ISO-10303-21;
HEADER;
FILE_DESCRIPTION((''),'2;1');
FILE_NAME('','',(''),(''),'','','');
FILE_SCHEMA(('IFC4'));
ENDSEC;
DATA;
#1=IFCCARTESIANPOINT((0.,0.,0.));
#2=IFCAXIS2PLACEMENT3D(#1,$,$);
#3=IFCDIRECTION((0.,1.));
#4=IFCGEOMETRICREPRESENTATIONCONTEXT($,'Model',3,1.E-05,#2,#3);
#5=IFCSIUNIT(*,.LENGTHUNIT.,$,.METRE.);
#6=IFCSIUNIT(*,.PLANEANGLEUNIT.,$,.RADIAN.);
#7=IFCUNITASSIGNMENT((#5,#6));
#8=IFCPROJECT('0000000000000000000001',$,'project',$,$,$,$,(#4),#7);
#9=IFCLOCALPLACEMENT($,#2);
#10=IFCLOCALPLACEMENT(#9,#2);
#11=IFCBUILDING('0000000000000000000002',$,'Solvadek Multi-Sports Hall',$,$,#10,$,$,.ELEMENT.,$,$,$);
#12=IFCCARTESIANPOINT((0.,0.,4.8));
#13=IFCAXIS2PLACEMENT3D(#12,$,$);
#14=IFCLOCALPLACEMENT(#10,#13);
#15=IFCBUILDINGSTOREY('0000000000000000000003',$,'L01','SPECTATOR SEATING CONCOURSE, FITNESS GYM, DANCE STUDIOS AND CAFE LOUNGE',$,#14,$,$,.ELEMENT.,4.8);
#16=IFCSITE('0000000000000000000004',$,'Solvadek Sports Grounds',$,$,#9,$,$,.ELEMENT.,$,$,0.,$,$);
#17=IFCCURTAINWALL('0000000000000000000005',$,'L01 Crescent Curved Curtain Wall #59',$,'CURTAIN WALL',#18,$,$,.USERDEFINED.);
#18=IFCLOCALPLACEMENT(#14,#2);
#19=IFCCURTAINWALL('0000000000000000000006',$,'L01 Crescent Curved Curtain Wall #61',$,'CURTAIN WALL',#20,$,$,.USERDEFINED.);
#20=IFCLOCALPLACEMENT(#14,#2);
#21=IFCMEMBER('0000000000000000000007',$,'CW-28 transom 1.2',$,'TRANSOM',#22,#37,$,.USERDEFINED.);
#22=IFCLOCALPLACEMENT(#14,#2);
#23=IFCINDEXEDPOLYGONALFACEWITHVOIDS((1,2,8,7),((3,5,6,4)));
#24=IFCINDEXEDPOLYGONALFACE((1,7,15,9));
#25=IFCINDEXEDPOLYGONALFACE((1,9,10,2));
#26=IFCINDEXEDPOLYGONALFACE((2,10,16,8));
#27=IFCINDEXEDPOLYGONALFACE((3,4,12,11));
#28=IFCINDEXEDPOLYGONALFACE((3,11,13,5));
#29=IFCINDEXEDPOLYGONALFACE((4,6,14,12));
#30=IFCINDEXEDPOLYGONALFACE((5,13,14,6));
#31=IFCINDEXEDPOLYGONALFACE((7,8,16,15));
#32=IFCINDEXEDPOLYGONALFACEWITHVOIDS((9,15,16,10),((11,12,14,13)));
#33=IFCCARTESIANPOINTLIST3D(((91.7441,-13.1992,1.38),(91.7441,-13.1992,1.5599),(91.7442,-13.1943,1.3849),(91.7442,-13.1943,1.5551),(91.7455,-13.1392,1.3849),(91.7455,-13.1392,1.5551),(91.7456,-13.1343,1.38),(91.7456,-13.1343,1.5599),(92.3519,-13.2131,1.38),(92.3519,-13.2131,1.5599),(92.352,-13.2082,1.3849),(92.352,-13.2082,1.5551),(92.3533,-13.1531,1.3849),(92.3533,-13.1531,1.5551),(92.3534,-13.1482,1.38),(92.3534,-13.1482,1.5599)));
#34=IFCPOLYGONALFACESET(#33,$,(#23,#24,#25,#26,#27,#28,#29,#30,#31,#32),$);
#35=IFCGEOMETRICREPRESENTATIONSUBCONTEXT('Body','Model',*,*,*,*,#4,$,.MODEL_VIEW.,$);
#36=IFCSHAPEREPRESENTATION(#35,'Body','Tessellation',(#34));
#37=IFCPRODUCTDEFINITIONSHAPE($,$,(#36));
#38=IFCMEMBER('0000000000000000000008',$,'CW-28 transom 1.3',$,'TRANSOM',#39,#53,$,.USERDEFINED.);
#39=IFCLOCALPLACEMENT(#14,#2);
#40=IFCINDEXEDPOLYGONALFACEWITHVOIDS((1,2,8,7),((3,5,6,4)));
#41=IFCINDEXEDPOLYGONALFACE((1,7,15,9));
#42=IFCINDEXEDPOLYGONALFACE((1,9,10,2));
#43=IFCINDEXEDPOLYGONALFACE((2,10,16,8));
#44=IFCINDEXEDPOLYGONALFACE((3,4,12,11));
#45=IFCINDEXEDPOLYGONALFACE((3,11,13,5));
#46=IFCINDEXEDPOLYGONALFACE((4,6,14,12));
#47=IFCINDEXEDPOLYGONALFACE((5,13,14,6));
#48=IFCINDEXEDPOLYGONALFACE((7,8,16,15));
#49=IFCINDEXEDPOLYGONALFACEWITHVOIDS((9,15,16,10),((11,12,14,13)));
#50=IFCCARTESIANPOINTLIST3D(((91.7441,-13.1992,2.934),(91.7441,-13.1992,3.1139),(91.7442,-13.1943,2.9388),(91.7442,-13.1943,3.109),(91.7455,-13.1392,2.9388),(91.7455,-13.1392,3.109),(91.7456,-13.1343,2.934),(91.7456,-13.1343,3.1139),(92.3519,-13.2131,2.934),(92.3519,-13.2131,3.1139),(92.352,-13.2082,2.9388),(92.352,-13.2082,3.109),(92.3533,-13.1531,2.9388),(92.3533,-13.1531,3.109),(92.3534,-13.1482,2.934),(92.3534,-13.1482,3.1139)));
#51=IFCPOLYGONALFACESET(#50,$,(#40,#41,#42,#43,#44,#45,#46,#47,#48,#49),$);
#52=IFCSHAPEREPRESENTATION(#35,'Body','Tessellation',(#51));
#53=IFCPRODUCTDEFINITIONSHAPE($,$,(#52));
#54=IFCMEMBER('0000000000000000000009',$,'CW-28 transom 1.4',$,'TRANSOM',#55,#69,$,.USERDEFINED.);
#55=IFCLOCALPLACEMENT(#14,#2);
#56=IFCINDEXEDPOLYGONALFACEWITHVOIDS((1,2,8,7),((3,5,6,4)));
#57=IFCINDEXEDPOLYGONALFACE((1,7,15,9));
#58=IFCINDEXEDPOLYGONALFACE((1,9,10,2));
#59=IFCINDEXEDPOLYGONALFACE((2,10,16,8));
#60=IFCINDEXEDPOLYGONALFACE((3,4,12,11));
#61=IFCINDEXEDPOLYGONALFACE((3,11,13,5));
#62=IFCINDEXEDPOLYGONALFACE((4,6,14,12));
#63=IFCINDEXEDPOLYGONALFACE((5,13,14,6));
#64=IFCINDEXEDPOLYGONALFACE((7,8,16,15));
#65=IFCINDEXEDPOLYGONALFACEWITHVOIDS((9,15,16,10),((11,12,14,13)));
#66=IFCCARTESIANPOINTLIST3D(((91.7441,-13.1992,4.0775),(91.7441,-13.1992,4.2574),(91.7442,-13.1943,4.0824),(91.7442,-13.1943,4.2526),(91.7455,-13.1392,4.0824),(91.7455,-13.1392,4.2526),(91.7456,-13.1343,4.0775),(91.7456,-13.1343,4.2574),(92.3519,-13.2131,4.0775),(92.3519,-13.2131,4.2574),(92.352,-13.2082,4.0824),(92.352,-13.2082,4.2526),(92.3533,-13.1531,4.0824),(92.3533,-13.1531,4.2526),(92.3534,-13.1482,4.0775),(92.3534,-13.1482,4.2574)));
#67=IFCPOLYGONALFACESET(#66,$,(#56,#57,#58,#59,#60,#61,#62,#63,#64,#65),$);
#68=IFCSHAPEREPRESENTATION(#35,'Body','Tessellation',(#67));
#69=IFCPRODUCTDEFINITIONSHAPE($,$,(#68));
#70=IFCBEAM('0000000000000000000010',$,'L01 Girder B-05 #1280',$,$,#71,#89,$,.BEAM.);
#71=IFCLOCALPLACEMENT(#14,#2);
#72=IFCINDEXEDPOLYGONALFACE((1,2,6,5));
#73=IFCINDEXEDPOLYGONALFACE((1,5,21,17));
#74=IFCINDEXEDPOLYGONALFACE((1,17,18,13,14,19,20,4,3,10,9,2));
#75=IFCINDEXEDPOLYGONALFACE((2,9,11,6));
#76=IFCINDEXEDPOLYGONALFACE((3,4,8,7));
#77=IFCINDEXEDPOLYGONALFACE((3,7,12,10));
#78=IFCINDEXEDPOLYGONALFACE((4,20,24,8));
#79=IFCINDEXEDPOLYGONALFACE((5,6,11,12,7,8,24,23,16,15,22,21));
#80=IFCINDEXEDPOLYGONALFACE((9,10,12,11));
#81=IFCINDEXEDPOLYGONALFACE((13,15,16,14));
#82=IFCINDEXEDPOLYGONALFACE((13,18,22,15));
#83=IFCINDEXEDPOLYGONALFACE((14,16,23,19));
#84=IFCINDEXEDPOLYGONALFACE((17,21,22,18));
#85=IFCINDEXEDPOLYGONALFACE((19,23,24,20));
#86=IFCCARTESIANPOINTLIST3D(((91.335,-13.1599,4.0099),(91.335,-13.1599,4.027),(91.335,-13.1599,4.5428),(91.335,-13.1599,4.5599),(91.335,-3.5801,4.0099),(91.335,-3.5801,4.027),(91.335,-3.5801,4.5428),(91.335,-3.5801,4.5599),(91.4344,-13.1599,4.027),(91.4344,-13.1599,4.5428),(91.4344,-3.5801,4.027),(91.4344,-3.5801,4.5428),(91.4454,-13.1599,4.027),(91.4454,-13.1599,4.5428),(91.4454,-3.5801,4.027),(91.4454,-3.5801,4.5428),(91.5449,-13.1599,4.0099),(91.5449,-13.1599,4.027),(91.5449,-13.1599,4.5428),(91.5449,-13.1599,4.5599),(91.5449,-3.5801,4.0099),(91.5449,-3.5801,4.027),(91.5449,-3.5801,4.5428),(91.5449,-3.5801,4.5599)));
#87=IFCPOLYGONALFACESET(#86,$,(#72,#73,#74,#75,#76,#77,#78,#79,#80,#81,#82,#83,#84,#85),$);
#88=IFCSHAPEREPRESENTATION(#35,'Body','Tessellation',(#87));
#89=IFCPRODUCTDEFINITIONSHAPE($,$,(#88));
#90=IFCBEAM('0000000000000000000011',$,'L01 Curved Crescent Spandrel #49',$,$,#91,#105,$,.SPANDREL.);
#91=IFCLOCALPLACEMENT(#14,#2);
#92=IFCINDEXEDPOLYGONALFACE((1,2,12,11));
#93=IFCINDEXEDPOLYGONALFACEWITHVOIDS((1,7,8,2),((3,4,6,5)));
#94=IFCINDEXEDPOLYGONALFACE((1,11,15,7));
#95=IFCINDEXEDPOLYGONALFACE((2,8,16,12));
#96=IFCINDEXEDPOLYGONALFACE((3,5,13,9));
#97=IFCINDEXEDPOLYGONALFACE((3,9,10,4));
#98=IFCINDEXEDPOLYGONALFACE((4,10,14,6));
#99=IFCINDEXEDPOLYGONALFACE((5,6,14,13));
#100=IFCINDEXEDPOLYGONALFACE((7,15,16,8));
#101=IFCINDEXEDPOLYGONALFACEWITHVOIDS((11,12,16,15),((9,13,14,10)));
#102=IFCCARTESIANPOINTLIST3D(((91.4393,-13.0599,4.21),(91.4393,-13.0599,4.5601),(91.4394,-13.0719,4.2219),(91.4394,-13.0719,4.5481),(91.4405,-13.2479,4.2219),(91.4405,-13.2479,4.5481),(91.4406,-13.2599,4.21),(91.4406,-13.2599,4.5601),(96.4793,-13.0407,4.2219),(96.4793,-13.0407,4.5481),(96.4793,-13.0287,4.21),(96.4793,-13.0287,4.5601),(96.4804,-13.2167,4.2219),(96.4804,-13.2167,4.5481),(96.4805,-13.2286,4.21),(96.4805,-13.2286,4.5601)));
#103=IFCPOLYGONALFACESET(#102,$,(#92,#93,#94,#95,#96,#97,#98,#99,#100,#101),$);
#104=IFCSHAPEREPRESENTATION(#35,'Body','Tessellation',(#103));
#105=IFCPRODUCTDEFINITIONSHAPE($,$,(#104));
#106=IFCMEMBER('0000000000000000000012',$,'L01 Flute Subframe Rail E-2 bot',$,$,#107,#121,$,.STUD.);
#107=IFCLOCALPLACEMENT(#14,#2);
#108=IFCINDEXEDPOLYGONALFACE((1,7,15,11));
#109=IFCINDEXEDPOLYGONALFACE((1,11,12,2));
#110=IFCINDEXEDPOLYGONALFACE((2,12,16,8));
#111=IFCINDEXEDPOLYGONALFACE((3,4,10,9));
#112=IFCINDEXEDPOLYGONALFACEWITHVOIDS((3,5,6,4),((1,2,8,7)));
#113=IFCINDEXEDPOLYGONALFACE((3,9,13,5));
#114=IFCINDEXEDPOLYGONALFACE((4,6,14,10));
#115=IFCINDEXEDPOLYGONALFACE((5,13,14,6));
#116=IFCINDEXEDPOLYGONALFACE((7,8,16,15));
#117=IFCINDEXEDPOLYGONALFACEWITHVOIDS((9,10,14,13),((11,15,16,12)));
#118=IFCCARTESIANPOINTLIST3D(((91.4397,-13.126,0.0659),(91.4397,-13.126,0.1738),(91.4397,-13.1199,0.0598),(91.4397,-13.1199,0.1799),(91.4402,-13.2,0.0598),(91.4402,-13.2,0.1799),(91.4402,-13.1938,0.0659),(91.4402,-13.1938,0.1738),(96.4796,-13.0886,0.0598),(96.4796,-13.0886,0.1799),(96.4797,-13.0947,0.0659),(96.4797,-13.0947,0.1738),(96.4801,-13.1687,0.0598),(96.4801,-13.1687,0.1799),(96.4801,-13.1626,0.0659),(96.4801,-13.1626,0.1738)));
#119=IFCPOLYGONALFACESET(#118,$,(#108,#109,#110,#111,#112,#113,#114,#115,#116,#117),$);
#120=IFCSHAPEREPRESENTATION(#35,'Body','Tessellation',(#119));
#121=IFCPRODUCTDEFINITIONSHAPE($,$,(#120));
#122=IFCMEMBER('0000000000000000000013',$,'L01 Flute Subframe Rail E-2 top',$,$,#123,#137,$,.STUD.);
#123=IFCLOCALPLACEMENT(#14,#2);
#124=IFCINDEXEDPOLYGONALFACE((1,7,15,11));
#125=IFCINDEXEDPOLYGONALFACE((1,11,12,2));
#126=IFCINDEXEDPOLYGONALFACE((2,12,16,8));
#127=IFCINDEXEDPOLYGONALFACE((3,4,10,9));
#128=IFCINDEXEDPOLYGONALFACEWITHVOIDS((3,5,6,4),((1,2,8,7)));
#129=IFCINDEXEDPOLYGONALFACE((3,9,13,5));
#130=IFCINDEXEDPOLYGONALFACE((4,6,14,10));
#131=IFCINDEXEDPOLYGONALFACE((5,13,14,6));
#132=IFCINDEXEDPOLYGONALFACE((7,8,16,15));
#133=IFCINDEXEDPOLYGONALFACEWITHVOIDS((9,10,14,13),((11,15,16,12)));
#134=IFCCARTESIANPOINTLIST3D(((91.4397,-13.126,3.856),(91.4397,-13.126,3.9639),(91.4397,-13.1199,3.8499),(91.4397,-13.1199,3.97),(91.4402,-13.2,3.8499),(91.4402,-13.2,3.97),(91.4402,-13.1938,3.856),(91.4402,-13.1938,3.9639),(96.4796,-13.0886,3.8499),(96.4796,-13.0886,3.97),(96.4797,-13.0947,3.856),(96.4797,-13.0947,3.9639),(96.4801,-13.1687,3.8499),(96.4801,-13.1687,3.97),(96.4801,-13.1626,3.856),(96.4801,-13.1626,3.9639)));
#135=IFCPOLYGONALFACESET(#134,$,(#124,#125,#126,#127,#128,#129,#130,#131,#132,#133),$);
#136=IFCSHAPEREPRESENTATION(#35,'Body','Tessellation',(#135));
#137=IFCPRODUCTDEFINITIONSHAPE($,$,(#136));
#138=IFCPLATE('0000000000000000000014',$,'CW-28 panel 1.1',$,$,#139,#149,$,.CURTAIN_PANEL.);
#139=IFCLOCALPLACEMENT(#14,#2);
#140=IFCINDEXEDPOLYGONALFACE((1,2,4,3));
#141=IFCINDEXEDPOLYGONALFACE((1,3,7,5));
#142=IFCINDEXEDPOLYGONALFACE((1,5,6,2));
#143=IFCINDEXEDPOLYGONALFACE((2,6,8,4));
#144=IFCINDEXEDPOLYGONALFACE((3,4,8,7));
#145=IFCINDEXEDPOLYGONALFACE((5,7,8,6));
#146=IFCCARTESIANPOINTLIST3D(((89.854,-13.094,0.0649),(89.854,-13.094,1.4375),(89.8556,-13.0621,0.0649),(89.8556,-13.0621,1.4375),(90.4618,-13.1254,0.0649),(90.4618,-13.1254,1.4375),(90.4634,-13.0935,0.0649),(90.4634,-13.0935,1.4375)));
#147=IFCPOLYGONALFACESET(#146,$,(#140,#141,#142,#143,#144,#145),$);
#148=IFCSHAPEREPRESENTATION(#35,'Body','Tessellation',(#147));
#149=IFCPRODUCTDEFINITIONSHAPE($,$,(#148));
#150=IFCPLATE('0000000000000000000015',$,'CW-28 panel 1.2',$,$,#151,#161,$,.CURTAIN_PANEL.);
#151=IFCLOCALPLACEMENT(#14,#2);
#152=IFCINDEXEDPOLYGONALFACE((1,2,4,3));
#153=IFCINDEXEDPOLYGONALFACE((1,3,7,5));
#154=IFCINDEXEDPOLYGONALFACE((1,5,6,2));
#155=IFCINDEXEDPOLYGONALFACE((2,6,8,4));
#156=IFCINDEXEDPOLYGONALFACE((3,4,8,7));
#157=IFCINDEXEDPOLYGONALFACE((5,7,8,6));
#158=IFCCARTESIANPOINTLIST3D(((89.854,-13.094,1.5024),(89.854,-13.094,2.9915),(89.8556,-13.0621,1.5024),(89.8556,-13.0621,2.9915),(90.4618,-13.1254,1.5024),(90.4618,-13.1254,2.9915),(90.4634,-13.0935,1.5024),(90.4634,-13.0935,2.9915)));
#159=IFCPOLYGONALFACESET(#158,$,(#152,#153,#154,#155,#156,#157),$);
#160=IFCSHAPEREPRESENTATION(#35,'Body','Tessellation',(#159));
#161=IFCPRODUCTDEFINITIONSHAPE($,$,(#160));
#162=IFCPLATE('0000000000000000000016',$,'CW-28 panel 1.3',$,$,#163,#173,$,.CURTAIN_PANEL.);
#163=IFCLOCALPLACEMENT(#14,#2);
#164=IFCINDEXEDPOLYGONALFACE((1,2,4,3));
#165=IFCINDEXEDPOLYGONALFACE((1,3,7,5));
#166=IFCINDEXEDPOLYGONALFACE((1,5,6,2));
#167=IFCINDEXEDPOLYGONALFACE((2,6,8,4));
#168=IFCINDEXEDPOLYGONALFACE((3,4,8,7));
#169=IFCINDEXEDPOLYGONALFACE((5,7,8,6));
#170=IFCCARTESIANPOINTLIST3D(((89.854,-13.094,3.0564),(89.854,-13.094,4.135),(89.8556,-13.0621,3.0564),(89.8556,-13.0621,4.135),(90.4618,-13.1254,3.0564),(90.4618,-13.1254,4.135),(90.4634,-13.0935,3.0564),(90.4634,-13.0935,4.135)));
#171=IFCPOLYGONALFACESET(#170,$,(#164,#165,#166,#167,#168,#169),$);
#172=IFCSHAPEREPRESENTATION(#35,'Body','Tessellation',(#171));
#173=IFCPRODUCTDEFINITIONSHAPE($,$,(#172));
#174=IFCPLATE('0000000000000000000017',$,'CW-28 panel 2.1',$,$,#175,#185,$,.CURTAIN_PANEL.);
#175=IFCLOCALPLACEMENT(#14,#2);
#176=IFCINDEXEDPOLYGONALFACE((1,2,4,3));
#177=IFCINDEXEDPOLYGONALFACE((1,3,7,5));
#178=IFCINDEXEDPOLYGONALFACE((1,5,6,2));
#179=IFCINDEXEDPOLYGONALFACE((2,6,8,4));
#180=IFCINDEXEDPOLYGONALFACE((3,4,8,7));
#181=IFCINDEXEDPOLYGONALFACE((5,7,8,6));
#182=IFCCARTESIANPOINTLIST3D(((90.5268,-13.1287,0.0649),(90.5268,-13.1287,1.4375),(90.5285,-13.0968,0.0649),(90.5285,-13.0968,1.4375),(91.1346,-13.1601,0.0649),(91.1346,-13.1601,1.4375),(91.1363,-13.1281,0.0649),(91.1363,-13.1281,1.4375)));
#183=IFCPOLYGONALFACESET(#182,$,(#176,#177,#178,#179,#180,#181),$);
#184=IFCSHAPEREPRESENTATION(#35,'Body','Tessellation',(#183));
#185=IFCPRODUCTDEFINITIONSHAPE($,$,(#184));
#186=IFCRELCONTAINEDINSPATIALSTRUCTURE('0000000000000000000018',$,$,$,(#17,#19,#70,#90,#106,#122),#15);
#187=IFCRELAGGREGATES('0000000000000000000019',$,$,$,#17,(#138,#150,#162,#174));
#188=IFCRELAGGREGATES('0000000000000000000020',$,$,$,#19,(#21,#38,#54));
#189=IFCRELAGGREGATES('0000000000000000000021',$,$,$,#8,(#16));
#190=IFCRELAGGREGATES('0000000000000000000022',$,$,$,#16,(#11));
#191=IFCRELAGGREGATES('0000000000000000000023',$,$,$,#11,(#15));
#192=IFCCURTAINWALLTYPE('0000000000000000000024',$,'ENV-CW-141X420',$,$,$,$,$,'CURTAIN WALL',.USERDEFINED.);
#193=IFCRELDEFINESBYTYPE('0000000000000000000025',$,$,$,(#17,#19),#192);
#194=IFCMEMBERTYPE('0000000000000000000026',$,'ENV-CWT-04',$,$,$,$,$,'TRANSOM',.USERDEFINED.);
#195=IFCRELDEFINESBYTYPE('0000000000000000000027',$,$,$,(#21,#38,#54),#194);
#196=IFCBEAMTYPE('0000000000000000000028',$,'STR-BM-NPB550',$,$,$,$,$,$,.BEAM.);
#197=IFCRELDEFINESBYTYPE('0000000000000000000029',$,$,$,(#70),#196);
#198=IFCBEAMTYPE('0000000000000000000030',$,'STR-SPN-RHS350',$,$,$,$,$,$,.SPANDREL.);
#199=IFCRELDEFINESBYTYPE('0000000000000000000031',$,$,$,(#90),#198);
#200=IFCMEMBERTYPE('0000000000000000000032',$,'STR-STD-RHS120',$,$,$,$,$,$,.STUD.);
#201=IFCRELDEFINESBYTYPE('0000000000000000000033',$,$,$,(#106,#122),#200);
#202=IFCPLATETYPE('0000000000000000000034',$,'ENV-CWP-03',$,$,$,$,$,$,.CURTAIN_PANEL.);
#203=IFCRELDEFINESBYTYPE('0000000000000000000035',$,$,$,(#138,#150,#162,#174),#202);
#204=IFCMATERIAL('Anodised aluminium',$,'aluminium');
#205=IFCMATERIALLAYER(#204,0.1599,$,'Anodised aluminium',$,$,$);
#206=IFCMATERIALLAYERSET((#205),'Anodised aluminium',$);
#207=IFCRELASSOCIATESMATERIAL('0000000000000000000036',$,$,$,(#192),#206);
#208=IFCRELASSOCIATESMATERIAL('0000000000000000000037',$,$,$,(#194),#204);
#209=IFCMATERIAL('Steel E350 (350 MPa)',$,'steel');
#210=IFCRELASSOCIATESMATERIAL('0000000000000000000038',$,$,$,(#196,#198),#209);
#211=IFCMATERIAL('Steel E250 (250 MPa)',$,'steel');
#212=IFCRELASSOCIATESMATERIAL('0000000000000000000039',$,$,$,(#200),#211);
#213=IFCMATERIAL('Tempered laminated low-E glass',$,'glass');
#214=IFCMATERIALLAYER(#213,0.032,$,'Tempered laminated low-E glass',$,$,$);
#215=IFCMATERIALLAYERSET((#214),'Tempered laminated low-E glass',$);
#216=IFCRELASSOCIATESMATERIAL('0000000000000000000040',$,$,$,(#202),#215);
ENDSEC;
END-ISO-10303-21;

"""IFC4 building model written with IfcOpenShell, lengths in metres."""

from ifc_helpers import new_model, si_unit, direction, frame, origin, origin_2d, place, context, subcontext, project, spatial, rectangle, hollow_rectangle, i_section, extrude, material, layer, layer_set, material_profile, profile_set, type_object, element, aggregate, save


model = new_model("IFC4")

# Units and contexts
model_context = context("Model", 3, precision=1e-05, world=origin(), true_north=direction((0.0, 1.0)))
body_context = subcontext(model_context, "Body", "Model", "MODEL_VIEW")
ifc_project = project(units=[si_unit("LENGTHUNIT", "METRE"), si_unit("PLANEANGLEUNIT", "RADIAN")], contexts=[model_context])

# Site, building, storey
site_placement = place(None, origin())
site = spatial("IfcSite", under=ifc_project, at=site_placement, Name="Solvadek Sports Grounds", CompositionType="ELEMENT", RefElevation=0.0)
building_placement = place(site_placement, origin())
building = spatial("IfcBuilding", under=site, at=building_placement, Name="Solvadek Multi-Sports Hall", CompositionType="ELEMENT")
storey_placement = place(building_placement, frame((0.0, 0.0, 4.8)))
storey = spatial("IfcBuildingStorey", under=building, at=storey_placement, Name="L01", Description="SPECTATOR SEATING CONCOURSE, FITNESS GYM, DANCE STUDIOS AND CAFE LOUNGE", CompositionType="ELEMENT", Elevation=4.8)

# Shared definitions
ifc_material_1 = material(Name="Steel E350 (350 MPa)", Category="steel")

# Curtain wall
ifc_material_2 = material(Name="Anodised aluminium", Category="aluminium")
ifc_layer_1 = layer(ifc_material_2, 0.1599, Name="Anodised aluminium")
ifc_layer_set_1 = layer_set([ifc_layer_1], Name="Anodised aluminium")
curtain_wall_type = type_object("IfcCurtainWallType", Name="ENV-CW-141X420", ElementType="CURTAIN WALL", PredefinedType="USERDEFINED", material=ifc_layer_set_1)
curtain_wall_1_placement = place(storey_placement, origin())
curtain_wall_1 = element("IfcCurtainWall", 1, at=curtain_wall_1_placement, inside=storey, type_object=curtain_wall_type, Name="L01 Crescent Curved Curtain Wall #59", ObjectType="CURTAIN WALL", PredefinedType="USERDEFINED")

# Curtain wall
curtain_wall_2_placement = place(storey_placement, origin())
curtain_wall_2 = element("IfcCurtainWall", 2, at=curtain_wall_2_placement, inside=storey, type_object=curtain_wall_type, Name="L01 Crescent Curved Curtain Wall #61", ObjectType="CURTAIN WALL", PredefinedType="USERDEFINED")

# Members
ifc_material_profile_1 = material_profile(ifc_material_2, hollow_rectangle(XDim=0.0649, YDim=0.1799, WallThickness=0.0049, at=origin_2d()), Name="ALU-T 180x65x5")
ifc_profile_set_1 = profile_set([ifc_material_profile_1], Name="Anodised aluminium")
member_type_1 = type_object("IfcMemberType", Name="ENV-CWT-04", ElementType="TRANSOM", PredefinedType="USERDEFINED", material=ifc_profile_set_1)
member_1_placement = place(storey_placement, frame((91.7449, -13.1667, 1.47), z_axis=(0.999738, -0.022895, 0.0), x_axis=(0.022895, 0.999738, 0.0)))
member_1 = element("IfcMember", 3, at=member_1_placement, type_object=member_type_1, Name="CW-28 transom 1.2", ObjectType="TRANSOM", PredefinedType="USERDEFINED", context=body_context, shape_type="SweptSolid", body=[
    extrude(hollow_rectangle(XDim=0.0649, YDim=0.1799, WallThickness=0.0049, at=origin_2d()), origin(), (0.0, 0.0, 1.0), 0.6079),
])
member_2_placement = place(storey_placement, frame((91.7449, -13.1667, 3.0239), z_axis=(0.999738, -0.022895, 0.0), x_axis=(0.022895, 0.999738, 0.0)))
member_2 = element("IfcMember", 4, at=member_2_placement, type_object=member_type_1, Name="CW-28 transom 1.3", ObjectType="TRANSOM", PredefinedType="USERDEFINED", context=body_context, shape_type="SweptSolid", body=[
    extrude(hollow_rectangle(XDim=0.0649, YDim=0.1799, WallThickness=0.0049, at=origin_2d()), origin(), (0.0, 0.0, 1.0), 0.6079),
])
member_3_placement = place(storey_placement, frame((91.7449, -13.1667, 4.1675), z_axis=(0.999738, -0.022895, 0.0), x_axis=(0.022895, 0.999738, 0.0)))
member_3 = element("IfcMember", 5, at=member_3_placement, type_object=member_type_1, Name="CW-28 transom 1.4", ObjectType="TRANSOM", PredefinedType="USERDEFINED", context=body_context, shape_type="SweptSolid", body=[
    extrude(hollow_rectangle(XDim=0.0649, YDim=0.1799, WallThickness=0.0049, at=origin_2d()), origin(), (0.0, 0.0, 1.0), 0.6079),
])

# Beams
ifc_material_profile_2 = material_profile(ifc_material_1, i_section(OverallWidth=0.21, OverallDepth=0.55, WebThickness=0.011, FlangeThickness=0.0171, at=origin_2d()), Name="NPB 550")
ifc_profile_set_2 = profile_set([ifc_material_profile_2], Name="Steel E350 (350 MPa)")
beam_type_1 = type_object("IfcBeamType", Name="STR-BM-NPB550", PredefinedType="BEAM", material=ifc_profile_set_2)
beam_1_placement = place(storey_placement, frame((91.4399, -13.1599, 4.2849), z_axis=(0.0, 1.0, 0.0), x_axis=(-1.0, 0.0, 0.0)))
element("IfcBeam", 6, at=beam_1_placement, inside=storey, type_object=beam_type_1, Name="L01 Girder B-05 #1280", PredefinedType="BEAM", context=body_context, shape_type="SweptSolid", body=[
    extrude(i_section(OverallWidth=0.21, OverallDepth=0.55, WebThickness=0.011, FlangeThickness=0.0171, at=origin_2d()), origin(), (0.0, 0.0, 1.0), 9.5798),
])
ifc_material_profile_3 = material_profile(ifc_material_1, hollow_rectangle(XDim=0.2, YDim=0.3501, WallThickness=0.012, at=origin_2d()), Name="RHS 350x200x12")
ifc_profile_set_3 = profile_set([ifc_material_profile_3], Name="Steel E350 (350 MPa)")
beam_type_2 = type_object("IfcBeamType", Name="STR-SPN-RHS350", PredefinedType="SPANDREL", material=ifc_profile_set_3)
beam_2_placement = place(storey_placement, frame((91.4399, -13.1599, 4.385), z_axis=(0.999981, 0.0062, 0.0), x_axis=(-0.0062, 0.999981, 0.0)))
element("IfcBeam", 7, at=beam_2_placement, inside=storey, type_object=beam_type_2, Name="L01 Curved Crescent Spandrel #49", PredefinedType="SPANDREL", context=body_context, shape_type="SweptSolid", body=[
    extrude(hollow_rectangle(XDim=0.2, YDim=0.3501, WallThickness=0.012, at=origin_2d()), origin(), (0.0, 0.0, 1.0), 5.04),
])

# Members
ifc_material_3 = material(Name="Steel E250 (250 MPa)", Category="steel")
ifc_material_profile_4 = material_profile(ifc_material_3, hollow_rectangle(XDim=0.0801, YDim=0.1201, WallThickness=0.0061, at=origin_2d()), Name="RHS 120x80x6")
ifc_profile_set_4 = profile_set([ifc_material_profile_4], Name="Steel E250 (250 MPa)")
member_type_2 = type_object("IfcMemberType", Name="STR-STD-RHS120", PredefinedType="STUD", material=ifc_profile_set_4)
for number, where, z_axis, x_axis, name in (
    (8, (91.4399, -13.1599, 0.1199), (0.999981, 0.0062, 0.0), (-0.0062, 0.999981, 0.0), "L01 Flute Subframe Rail E-2 bot"),
    (9, (91.4399, -13.1599, 3.9099), (0.999981, 0.0062, 0.0), (-0.0062, 0.999981, 0.0), "L01 Flute Subframe Rail E-2 top"),
):
    element("IfcMember", number, at=place(storey_placement, frame(where, z_axis=z_axis, x_axis=x_axis)), inside=storey, type_object=member_type_2, Name=name, PredefinedType="STUD", context=body_context, shape_type="SweptSolid", body=[
        extrude(hollow_rectangle(XDim=0.0801, YDim=0.1201, WallThickness=0.0061, at=origin_2d()), origin(), (0.0, 0.0, 1.0), 5.04),
    ])

# Plates
ifc_material_4 = material(Name="Tempered laminated low-E glass", Category="glass")
ifc_layer_2 = layer(ifc_material_4, 0.032, Name="Tempered laminated low-E glass")
ifc_layer_set_2 = layer_set([ifc_layer_2], Name="Tempered laminated low-E glass")
plate_type_1 = type_object("IfcPlateType", Name="ENV-CWP-03", PredefinedType="CURTAIN_PANEL", material=ifc_layer_set_2)
plate_1_placement = place(storey_placement, frame((90.1587, -13.0938, 0.0649), z_axis=(0.0, 0.0, 1.0), x_axis=(0.99867, -0.051552, 0.0)))
plate_1 = element("IfcPlate", 10, at=plate_1_placement, type_object=plate_type_1, Name="CW-28 panel 1.1", PredefinedType="CURTAIN_PANEL", context=body_context, shape_type="SweptSolid", body=[
    extrude(rectangle(XDim=0.6086, YDim=0.032, at=origin_2d()), origin(), (0.0, 0.0, 1.0), 1.3726),
])
plate_2_placement = place(storey_placement, frame((90.1587, -13.0938, 1.5024), z_axis=(0.0, 0.0, 1.0), x_axis=(0.99867, -0.051552, 0.0)))
plate_2 = element("IfcPlate", 11, at=plate_2_placement, type_object=plate_type_1, Name="CW-28 panel 1.2", PredefinedType="CURTAIN_PANEL", context=body_context, shape_type="SweptSolid", body=[
    extrude(rectangle(XDim=0.6086, YDim=0.032, at=origin_2d()), origin(), (0.0, 0.0, 1.0), 1.489),
])
plate_3_placement = place(storey_placement, frame((90.1587, -13.0938, 3.0564), z_axis=(0.0, 0.0, 1.0), x_axis=(0.99867, -0.051552, 0.0)))
plate_3 = element("IfcPlate", 12, at=plate_3_placement, type_object=plate_type_1, Name="CW-28 panel 1.3", PredefinedType="CURTAIN_PANEL", context=body_context, shape_type="SweptSolid", body=[
    extrude(rectangle(XDim=0.6086, YDim=0.032, at=origin_2d()), origin(), (0.0, 0.0, 1.0), 1.0786),
])
plate_4_placement = place(storey_placement, frame((90.8315, -13.1284, 0.0649), z_axis=(0.0, 0.0, 1.0), x_axis=(0.99867, -0.051552, 0.0)))
plate_4 = element("IfcPlate", 13, at=plate_4_placement, type_object=plate_type_1, Name="CW-28 panel 2.1", PredefinedType="CURTAIN_PANEL", context=body_context, shape_type="SweptSolid", body=[
    extrude(rectangle(XDim=0.6086, YDim=0.032, at=origin_2d()), origin(), (0.0, 0.0, 1.0), 1.3726),
])
aggregate(curtain_wall_1, [plate_1, plate_2, plate_3, plate_4])
aggregate(curtain_wall_2, [member_1, member_2, member_3])

save(model, "model.ifc")
